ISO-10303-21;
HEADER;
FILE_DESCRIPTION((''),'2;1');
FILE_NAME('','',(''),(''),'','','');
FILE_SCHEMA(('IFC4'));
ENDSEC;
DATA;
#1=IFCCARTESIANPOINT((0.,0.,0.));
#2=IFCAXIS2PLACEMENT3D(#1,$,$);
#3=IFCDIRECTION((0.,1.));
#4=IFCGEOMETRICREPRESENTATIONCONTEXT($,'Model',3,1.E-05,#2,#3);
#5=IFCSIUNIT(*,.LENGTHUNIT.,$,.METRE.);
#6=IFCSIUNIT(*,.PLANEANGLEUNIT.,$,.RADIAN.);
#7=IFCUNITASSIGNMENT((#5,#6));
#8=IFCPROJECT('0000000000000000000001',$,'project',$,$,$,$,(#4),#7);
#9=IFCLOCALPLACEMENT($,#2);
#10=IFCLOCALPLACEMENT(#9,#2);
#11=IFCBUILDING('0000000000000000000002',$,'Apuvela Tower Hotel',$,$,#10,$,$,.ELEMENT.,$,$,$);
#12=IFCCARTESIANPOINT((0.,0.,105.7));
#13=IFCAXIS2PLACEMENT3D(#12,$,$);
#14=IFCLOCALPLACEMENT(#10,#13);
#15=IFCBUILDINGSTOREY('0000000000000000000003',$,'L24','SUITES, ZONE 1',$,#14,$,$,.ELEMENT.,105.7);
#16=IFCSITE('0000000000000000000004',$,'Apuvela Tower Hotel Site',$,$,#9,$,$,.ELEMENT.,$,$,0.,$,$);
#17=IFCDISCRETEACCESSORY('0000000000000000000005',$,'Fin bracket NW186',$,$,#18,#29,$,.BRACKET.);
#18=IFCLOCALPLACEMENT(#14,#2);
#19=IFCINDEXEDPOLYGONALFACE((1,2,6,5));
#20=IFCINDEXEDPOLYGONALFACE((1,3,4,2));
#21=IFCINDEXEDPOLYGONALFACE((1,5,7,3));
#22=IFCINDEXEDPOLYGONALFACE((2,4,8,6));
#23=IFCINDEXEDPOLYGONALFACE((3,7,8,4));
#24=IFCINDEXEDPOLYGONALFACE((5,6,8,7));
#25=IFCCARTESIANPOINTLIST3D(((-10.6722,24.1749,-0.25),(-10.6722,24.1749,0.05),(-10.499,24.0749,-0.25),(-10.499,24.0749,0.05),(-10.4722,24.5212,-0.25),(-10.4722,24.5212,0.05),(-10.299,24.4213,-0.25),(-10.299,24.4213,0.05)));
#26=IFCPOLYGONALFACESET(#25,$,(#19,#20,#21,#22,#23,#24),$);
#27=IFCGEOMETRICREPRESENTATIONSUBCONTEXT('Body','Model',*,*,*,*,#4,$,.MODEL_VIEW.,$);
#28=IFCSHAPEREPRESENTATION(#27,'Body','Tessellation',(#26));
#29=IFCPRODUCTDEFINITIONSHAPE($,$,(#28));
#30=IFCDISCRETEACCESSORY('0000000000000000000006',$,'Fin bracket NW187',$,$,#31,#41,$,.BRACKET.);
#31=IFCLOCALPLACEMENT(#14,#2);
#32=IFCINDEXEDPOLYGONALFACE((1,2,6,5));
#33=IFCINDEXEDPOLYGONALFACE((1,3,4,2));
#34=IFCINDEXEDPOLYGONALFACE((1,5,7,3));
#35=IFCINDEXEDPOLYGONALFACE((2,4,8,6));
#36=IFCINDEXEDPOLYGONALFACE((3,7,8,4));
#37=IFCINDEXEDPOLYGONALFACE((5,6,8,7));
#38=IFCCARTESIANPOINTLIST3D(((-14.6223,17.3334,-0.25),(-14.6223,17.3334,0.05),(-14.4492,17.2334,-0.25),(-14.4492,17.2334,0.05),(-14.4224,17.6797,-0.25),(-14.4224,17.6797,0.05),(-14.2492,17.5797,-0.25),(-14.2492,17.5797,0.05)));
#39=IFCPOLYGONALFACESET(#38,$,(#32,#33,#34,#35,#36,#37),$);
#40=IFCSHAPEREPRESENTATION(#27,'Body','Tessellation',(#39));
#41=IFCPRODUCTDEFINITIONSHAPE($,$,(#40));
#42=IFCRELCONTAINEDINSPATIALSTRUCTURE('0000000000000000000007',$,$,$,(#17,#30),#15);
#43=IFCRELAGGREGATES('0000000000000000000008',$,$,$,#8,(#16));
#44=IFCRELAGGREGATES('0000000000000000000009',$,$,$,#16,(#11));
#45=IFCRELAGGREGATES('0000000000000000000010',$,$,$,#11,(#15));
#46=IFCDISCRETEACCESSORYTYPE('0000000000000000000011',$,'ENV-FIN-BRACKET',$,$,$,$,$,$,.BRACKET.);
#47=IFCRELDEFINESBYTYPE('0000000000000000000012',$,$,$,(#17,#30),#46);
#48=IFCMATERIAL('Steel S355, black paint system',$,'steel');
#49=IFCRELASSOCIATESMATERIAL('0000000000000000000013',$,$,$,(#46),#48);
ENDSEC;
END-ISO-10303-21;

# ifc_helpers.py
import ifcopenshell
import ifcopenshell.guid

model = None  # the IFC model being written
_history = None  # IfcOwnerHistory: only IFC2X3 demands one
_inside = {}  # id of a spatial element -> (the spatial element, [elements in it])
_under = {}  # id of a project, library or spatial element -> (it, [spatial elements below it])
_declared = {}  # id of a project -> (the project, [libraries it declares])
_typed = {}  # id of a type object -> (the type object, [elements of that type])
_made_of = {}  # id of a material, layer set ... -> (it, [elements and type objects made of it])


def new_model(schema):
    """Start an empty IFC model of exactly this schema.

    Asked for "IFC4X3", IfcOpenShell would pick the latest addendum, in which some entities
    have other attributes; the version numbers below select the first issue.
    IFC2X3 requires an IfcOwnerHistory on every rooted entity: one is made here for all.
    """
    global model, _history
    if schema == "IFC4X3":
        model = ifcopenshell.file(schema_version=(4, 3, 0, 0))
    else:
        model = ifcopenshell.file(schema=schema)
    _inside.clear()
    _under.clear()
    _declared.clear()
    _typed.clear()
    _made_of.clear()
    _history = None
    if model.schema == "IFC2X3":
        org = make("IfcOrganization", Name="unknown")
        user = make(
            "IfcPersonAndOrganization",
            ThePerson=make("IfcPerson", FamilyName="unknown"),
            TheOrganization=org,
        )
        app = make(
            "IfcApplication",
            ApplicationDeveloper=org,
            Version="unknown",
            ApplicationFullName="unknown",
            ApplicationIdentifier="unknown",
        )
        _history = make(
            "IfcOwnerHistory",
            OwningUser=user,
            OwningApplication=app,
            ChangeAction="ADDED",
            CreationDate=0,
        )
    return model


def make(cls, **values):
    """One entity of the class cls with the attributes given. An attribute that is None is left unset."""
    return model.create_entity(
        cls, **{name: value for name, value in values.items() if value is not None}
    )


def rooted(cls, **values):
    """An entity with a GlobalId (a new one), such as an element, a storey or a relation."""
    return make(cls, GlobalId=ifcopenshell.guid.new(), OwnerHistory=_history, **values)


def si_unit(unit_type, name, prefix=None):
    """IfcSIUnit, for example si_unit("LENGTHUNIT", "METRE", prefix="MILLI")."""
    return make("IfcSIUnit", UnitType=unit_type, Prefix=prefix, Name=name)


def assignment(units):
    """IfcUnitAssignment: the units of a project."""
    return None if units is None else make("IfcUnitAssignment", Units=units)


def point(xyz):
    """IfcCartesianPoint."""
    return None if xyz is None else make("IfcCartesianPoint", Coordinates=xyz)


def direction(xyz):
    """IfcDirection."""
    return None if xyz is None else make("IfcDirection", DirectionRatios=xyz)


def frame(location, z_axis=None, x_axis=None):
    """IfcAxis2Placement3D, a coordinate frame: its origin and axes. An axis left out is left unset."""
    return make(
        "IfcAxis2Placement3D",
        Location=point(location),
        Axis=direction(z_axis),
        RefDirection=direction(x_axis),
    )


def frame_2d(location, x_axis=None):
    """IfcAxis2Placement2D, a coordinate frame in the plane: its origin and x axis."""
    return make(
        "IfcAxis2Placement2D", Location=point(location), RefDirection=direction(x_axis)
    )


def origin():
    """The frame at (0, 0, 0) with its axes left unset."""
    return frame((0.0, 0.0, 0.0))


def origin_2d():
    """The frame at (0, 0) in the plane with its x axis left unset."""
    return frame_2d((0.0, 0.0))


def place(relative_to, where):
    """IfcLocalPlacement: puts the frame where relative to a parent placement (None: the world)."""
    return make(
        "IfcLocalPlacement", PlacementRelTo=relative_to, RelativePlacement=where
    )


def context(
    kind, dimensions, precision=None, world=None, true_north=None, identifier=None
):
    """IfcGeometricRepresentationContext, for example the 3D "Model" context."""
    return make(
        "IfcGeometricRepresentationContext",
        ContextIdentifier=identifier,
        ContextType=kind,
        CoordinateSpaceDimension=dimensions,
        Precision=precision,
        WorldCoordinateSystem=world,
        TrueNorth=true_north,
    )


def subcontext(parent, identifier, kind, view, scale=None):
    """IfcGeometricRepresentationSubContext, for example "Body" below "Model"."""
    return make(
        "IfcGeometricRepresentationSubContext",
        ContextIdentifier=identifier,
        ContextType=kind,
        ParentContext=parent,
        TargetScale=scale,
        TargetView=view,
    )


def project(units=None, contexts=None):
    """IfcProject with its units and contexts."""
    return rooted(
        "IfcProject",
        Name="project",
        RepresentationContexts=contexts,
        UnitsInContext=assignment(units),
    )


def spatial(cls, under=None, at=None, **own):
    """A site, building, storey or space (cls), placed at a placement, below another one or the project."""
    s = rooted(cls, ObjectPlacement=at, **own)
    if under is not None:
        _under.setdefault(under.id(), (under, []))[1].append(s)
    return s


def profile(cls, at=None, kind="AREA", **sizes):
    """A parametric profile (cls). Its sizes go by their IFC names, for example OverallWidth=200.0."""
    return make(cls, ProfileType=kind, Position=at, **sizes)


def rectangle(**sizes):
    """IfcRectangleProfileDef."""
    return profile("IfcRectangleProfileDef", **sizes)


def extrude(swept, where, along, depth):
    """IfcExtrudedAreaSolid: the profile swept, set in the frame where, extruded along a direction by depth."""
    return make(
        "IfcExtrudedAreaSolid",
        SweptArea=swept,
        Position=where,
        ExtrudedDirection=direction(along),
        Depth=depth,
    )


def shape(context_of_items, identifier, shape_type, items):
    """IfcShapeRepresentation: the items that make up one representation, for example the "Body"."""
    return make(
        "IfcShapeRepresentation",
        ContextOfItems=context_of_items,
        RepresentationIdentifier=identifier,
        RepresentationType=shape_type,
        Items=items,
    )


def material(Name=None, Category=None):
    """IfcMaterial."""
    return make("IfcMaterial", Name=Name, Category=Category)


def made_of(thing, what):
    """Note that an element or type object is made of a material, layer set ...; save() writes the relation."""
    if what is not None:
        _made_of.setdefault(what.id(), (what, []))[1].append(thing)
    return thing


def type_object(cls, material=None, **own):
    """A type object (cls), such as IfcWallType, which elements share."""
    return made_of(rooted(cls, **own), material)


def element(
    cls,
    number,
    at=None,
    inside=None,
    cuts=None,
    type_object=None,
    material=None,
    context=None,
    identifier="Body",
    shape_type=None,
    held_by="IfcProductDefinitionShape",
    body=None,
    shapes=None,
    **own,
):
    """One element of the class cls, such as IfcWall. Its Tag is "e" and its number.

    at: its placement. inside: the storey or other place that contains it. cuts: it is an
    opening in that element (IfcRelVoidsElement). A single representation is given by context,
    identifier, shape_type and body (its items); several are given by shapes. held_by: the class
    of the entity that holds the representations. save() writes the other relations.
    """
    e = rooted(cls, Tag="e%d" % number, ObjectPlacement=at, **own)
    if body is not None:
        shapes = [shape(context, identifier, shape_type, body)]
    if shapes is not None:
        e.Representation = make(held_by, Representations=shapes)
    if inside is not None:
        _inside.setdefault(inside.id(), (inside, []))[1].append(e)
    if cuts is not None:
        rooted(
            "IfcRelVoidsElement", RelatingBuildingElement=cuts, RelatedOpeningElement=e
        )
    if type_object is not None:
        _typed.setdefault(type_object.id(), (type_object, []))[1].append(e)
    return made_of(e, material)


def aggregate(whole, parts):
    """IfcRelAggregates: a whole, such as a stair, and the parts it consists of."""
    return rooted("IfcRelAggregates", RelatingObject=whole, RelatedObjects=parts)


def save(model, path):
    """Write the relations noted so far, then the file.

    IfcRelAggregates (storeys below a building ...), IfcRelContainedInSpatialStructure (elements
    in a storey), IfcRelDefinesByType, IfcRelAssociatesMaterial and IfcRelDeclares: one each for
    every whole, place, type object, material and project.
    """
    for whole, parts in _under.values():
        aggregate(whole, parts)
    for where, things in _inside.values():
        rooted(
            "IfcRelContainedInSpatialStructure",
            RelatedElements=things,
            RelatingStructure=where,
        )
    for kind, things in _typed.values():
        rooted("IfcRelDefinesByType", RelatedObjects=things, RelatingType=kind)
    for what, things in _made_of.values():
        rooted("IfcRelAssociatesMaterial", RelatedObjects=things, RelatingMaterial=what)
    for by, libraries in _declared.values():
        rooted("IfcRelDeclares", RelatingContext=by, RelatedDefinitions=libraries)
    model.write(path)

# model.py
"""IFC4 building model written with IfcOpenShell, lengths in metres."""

from ifc_helpers import new_model, si_unit, direction, frame, origin, origin_2d, place, context, subcontext, project, spatial, rectangle, extrude, material, type_object, element, save


model = new_model("IFC4")

# Units and contexts
model_context = context("Model", 3, precision=1e-05, world=origin(), true_north=direction((0.0, 1.0)))
body_context = subcontext(model_context, "Body", "Model", "MODEL_VIEW")
ifc_project = project(units=[si_unit("LENGTHUNIT", "METRE"), si_unit("PLANEANGLEUNIT", "RADIAN")], contexts=[model_context])

# Site, building, storey
site_placement = place(None, origin())
site = spatial("IfcSite", under=ifc_project, at=site_placement, Name="Apuvela Tower Hotel Site", CompositionType="ELEMENT", RefElevation=0.0)
building_placement = place(site_placement, origin())
building = spatial("IfcBuilding", under=site, at=building_placement, Name="Apuvela Tower Hotel", CompositionType="ELEMENT")
storey_placement = place(building_placement, frame((0.0, 0.0, 105.7)))
storey = spatial("IfcBuildingStorey", under=building, at=storey_placement, Name="L24", Description="SUITES, ZONE 1", CompositionType="ELEMENT", Elevation=105.7)

# Discrete accessories
ifc_material_1 = material(Name="Steel S355, black paint system", Category="steel")
discrete_accessory_type = type_object("IfcDiscreteAccessoryType", Name="ENV-FIN-BRACKET", PredefinedType="BRACKET", material=ifc_material_1)
for number, where, z_axis, x_axis, name in (
    (1, (-10.4856, 24.2981, -0.25), (0.0, 0.0, 1.0), (-0.5, -0.866025, 0.0), "Fin bracket NW186"),
    (2, (-14.4358, 17.4565, -0.25), (0.0, 0.0, 1.0), (-0.5, -0.866025, 0.0), "Fin bracket NW187"),
):
    element("IfcDiscreteAccessory", number, at=place(storey_placement, frame(where, z_axis=z_axis, x_axis=x_axis)), inside=storey, type_object=discrete_accessory_type, Name=name, PredefinedType="BRACKET", context=body_context, shape_type="SweptSolid", body=[
        extrude(rectangle(XDim=0.3999, YDim=0.2, at=origin_2d()), origin(), (0.0, 0.0, 1.0), 0.3),
    ])

save(model, "model.ifc")
